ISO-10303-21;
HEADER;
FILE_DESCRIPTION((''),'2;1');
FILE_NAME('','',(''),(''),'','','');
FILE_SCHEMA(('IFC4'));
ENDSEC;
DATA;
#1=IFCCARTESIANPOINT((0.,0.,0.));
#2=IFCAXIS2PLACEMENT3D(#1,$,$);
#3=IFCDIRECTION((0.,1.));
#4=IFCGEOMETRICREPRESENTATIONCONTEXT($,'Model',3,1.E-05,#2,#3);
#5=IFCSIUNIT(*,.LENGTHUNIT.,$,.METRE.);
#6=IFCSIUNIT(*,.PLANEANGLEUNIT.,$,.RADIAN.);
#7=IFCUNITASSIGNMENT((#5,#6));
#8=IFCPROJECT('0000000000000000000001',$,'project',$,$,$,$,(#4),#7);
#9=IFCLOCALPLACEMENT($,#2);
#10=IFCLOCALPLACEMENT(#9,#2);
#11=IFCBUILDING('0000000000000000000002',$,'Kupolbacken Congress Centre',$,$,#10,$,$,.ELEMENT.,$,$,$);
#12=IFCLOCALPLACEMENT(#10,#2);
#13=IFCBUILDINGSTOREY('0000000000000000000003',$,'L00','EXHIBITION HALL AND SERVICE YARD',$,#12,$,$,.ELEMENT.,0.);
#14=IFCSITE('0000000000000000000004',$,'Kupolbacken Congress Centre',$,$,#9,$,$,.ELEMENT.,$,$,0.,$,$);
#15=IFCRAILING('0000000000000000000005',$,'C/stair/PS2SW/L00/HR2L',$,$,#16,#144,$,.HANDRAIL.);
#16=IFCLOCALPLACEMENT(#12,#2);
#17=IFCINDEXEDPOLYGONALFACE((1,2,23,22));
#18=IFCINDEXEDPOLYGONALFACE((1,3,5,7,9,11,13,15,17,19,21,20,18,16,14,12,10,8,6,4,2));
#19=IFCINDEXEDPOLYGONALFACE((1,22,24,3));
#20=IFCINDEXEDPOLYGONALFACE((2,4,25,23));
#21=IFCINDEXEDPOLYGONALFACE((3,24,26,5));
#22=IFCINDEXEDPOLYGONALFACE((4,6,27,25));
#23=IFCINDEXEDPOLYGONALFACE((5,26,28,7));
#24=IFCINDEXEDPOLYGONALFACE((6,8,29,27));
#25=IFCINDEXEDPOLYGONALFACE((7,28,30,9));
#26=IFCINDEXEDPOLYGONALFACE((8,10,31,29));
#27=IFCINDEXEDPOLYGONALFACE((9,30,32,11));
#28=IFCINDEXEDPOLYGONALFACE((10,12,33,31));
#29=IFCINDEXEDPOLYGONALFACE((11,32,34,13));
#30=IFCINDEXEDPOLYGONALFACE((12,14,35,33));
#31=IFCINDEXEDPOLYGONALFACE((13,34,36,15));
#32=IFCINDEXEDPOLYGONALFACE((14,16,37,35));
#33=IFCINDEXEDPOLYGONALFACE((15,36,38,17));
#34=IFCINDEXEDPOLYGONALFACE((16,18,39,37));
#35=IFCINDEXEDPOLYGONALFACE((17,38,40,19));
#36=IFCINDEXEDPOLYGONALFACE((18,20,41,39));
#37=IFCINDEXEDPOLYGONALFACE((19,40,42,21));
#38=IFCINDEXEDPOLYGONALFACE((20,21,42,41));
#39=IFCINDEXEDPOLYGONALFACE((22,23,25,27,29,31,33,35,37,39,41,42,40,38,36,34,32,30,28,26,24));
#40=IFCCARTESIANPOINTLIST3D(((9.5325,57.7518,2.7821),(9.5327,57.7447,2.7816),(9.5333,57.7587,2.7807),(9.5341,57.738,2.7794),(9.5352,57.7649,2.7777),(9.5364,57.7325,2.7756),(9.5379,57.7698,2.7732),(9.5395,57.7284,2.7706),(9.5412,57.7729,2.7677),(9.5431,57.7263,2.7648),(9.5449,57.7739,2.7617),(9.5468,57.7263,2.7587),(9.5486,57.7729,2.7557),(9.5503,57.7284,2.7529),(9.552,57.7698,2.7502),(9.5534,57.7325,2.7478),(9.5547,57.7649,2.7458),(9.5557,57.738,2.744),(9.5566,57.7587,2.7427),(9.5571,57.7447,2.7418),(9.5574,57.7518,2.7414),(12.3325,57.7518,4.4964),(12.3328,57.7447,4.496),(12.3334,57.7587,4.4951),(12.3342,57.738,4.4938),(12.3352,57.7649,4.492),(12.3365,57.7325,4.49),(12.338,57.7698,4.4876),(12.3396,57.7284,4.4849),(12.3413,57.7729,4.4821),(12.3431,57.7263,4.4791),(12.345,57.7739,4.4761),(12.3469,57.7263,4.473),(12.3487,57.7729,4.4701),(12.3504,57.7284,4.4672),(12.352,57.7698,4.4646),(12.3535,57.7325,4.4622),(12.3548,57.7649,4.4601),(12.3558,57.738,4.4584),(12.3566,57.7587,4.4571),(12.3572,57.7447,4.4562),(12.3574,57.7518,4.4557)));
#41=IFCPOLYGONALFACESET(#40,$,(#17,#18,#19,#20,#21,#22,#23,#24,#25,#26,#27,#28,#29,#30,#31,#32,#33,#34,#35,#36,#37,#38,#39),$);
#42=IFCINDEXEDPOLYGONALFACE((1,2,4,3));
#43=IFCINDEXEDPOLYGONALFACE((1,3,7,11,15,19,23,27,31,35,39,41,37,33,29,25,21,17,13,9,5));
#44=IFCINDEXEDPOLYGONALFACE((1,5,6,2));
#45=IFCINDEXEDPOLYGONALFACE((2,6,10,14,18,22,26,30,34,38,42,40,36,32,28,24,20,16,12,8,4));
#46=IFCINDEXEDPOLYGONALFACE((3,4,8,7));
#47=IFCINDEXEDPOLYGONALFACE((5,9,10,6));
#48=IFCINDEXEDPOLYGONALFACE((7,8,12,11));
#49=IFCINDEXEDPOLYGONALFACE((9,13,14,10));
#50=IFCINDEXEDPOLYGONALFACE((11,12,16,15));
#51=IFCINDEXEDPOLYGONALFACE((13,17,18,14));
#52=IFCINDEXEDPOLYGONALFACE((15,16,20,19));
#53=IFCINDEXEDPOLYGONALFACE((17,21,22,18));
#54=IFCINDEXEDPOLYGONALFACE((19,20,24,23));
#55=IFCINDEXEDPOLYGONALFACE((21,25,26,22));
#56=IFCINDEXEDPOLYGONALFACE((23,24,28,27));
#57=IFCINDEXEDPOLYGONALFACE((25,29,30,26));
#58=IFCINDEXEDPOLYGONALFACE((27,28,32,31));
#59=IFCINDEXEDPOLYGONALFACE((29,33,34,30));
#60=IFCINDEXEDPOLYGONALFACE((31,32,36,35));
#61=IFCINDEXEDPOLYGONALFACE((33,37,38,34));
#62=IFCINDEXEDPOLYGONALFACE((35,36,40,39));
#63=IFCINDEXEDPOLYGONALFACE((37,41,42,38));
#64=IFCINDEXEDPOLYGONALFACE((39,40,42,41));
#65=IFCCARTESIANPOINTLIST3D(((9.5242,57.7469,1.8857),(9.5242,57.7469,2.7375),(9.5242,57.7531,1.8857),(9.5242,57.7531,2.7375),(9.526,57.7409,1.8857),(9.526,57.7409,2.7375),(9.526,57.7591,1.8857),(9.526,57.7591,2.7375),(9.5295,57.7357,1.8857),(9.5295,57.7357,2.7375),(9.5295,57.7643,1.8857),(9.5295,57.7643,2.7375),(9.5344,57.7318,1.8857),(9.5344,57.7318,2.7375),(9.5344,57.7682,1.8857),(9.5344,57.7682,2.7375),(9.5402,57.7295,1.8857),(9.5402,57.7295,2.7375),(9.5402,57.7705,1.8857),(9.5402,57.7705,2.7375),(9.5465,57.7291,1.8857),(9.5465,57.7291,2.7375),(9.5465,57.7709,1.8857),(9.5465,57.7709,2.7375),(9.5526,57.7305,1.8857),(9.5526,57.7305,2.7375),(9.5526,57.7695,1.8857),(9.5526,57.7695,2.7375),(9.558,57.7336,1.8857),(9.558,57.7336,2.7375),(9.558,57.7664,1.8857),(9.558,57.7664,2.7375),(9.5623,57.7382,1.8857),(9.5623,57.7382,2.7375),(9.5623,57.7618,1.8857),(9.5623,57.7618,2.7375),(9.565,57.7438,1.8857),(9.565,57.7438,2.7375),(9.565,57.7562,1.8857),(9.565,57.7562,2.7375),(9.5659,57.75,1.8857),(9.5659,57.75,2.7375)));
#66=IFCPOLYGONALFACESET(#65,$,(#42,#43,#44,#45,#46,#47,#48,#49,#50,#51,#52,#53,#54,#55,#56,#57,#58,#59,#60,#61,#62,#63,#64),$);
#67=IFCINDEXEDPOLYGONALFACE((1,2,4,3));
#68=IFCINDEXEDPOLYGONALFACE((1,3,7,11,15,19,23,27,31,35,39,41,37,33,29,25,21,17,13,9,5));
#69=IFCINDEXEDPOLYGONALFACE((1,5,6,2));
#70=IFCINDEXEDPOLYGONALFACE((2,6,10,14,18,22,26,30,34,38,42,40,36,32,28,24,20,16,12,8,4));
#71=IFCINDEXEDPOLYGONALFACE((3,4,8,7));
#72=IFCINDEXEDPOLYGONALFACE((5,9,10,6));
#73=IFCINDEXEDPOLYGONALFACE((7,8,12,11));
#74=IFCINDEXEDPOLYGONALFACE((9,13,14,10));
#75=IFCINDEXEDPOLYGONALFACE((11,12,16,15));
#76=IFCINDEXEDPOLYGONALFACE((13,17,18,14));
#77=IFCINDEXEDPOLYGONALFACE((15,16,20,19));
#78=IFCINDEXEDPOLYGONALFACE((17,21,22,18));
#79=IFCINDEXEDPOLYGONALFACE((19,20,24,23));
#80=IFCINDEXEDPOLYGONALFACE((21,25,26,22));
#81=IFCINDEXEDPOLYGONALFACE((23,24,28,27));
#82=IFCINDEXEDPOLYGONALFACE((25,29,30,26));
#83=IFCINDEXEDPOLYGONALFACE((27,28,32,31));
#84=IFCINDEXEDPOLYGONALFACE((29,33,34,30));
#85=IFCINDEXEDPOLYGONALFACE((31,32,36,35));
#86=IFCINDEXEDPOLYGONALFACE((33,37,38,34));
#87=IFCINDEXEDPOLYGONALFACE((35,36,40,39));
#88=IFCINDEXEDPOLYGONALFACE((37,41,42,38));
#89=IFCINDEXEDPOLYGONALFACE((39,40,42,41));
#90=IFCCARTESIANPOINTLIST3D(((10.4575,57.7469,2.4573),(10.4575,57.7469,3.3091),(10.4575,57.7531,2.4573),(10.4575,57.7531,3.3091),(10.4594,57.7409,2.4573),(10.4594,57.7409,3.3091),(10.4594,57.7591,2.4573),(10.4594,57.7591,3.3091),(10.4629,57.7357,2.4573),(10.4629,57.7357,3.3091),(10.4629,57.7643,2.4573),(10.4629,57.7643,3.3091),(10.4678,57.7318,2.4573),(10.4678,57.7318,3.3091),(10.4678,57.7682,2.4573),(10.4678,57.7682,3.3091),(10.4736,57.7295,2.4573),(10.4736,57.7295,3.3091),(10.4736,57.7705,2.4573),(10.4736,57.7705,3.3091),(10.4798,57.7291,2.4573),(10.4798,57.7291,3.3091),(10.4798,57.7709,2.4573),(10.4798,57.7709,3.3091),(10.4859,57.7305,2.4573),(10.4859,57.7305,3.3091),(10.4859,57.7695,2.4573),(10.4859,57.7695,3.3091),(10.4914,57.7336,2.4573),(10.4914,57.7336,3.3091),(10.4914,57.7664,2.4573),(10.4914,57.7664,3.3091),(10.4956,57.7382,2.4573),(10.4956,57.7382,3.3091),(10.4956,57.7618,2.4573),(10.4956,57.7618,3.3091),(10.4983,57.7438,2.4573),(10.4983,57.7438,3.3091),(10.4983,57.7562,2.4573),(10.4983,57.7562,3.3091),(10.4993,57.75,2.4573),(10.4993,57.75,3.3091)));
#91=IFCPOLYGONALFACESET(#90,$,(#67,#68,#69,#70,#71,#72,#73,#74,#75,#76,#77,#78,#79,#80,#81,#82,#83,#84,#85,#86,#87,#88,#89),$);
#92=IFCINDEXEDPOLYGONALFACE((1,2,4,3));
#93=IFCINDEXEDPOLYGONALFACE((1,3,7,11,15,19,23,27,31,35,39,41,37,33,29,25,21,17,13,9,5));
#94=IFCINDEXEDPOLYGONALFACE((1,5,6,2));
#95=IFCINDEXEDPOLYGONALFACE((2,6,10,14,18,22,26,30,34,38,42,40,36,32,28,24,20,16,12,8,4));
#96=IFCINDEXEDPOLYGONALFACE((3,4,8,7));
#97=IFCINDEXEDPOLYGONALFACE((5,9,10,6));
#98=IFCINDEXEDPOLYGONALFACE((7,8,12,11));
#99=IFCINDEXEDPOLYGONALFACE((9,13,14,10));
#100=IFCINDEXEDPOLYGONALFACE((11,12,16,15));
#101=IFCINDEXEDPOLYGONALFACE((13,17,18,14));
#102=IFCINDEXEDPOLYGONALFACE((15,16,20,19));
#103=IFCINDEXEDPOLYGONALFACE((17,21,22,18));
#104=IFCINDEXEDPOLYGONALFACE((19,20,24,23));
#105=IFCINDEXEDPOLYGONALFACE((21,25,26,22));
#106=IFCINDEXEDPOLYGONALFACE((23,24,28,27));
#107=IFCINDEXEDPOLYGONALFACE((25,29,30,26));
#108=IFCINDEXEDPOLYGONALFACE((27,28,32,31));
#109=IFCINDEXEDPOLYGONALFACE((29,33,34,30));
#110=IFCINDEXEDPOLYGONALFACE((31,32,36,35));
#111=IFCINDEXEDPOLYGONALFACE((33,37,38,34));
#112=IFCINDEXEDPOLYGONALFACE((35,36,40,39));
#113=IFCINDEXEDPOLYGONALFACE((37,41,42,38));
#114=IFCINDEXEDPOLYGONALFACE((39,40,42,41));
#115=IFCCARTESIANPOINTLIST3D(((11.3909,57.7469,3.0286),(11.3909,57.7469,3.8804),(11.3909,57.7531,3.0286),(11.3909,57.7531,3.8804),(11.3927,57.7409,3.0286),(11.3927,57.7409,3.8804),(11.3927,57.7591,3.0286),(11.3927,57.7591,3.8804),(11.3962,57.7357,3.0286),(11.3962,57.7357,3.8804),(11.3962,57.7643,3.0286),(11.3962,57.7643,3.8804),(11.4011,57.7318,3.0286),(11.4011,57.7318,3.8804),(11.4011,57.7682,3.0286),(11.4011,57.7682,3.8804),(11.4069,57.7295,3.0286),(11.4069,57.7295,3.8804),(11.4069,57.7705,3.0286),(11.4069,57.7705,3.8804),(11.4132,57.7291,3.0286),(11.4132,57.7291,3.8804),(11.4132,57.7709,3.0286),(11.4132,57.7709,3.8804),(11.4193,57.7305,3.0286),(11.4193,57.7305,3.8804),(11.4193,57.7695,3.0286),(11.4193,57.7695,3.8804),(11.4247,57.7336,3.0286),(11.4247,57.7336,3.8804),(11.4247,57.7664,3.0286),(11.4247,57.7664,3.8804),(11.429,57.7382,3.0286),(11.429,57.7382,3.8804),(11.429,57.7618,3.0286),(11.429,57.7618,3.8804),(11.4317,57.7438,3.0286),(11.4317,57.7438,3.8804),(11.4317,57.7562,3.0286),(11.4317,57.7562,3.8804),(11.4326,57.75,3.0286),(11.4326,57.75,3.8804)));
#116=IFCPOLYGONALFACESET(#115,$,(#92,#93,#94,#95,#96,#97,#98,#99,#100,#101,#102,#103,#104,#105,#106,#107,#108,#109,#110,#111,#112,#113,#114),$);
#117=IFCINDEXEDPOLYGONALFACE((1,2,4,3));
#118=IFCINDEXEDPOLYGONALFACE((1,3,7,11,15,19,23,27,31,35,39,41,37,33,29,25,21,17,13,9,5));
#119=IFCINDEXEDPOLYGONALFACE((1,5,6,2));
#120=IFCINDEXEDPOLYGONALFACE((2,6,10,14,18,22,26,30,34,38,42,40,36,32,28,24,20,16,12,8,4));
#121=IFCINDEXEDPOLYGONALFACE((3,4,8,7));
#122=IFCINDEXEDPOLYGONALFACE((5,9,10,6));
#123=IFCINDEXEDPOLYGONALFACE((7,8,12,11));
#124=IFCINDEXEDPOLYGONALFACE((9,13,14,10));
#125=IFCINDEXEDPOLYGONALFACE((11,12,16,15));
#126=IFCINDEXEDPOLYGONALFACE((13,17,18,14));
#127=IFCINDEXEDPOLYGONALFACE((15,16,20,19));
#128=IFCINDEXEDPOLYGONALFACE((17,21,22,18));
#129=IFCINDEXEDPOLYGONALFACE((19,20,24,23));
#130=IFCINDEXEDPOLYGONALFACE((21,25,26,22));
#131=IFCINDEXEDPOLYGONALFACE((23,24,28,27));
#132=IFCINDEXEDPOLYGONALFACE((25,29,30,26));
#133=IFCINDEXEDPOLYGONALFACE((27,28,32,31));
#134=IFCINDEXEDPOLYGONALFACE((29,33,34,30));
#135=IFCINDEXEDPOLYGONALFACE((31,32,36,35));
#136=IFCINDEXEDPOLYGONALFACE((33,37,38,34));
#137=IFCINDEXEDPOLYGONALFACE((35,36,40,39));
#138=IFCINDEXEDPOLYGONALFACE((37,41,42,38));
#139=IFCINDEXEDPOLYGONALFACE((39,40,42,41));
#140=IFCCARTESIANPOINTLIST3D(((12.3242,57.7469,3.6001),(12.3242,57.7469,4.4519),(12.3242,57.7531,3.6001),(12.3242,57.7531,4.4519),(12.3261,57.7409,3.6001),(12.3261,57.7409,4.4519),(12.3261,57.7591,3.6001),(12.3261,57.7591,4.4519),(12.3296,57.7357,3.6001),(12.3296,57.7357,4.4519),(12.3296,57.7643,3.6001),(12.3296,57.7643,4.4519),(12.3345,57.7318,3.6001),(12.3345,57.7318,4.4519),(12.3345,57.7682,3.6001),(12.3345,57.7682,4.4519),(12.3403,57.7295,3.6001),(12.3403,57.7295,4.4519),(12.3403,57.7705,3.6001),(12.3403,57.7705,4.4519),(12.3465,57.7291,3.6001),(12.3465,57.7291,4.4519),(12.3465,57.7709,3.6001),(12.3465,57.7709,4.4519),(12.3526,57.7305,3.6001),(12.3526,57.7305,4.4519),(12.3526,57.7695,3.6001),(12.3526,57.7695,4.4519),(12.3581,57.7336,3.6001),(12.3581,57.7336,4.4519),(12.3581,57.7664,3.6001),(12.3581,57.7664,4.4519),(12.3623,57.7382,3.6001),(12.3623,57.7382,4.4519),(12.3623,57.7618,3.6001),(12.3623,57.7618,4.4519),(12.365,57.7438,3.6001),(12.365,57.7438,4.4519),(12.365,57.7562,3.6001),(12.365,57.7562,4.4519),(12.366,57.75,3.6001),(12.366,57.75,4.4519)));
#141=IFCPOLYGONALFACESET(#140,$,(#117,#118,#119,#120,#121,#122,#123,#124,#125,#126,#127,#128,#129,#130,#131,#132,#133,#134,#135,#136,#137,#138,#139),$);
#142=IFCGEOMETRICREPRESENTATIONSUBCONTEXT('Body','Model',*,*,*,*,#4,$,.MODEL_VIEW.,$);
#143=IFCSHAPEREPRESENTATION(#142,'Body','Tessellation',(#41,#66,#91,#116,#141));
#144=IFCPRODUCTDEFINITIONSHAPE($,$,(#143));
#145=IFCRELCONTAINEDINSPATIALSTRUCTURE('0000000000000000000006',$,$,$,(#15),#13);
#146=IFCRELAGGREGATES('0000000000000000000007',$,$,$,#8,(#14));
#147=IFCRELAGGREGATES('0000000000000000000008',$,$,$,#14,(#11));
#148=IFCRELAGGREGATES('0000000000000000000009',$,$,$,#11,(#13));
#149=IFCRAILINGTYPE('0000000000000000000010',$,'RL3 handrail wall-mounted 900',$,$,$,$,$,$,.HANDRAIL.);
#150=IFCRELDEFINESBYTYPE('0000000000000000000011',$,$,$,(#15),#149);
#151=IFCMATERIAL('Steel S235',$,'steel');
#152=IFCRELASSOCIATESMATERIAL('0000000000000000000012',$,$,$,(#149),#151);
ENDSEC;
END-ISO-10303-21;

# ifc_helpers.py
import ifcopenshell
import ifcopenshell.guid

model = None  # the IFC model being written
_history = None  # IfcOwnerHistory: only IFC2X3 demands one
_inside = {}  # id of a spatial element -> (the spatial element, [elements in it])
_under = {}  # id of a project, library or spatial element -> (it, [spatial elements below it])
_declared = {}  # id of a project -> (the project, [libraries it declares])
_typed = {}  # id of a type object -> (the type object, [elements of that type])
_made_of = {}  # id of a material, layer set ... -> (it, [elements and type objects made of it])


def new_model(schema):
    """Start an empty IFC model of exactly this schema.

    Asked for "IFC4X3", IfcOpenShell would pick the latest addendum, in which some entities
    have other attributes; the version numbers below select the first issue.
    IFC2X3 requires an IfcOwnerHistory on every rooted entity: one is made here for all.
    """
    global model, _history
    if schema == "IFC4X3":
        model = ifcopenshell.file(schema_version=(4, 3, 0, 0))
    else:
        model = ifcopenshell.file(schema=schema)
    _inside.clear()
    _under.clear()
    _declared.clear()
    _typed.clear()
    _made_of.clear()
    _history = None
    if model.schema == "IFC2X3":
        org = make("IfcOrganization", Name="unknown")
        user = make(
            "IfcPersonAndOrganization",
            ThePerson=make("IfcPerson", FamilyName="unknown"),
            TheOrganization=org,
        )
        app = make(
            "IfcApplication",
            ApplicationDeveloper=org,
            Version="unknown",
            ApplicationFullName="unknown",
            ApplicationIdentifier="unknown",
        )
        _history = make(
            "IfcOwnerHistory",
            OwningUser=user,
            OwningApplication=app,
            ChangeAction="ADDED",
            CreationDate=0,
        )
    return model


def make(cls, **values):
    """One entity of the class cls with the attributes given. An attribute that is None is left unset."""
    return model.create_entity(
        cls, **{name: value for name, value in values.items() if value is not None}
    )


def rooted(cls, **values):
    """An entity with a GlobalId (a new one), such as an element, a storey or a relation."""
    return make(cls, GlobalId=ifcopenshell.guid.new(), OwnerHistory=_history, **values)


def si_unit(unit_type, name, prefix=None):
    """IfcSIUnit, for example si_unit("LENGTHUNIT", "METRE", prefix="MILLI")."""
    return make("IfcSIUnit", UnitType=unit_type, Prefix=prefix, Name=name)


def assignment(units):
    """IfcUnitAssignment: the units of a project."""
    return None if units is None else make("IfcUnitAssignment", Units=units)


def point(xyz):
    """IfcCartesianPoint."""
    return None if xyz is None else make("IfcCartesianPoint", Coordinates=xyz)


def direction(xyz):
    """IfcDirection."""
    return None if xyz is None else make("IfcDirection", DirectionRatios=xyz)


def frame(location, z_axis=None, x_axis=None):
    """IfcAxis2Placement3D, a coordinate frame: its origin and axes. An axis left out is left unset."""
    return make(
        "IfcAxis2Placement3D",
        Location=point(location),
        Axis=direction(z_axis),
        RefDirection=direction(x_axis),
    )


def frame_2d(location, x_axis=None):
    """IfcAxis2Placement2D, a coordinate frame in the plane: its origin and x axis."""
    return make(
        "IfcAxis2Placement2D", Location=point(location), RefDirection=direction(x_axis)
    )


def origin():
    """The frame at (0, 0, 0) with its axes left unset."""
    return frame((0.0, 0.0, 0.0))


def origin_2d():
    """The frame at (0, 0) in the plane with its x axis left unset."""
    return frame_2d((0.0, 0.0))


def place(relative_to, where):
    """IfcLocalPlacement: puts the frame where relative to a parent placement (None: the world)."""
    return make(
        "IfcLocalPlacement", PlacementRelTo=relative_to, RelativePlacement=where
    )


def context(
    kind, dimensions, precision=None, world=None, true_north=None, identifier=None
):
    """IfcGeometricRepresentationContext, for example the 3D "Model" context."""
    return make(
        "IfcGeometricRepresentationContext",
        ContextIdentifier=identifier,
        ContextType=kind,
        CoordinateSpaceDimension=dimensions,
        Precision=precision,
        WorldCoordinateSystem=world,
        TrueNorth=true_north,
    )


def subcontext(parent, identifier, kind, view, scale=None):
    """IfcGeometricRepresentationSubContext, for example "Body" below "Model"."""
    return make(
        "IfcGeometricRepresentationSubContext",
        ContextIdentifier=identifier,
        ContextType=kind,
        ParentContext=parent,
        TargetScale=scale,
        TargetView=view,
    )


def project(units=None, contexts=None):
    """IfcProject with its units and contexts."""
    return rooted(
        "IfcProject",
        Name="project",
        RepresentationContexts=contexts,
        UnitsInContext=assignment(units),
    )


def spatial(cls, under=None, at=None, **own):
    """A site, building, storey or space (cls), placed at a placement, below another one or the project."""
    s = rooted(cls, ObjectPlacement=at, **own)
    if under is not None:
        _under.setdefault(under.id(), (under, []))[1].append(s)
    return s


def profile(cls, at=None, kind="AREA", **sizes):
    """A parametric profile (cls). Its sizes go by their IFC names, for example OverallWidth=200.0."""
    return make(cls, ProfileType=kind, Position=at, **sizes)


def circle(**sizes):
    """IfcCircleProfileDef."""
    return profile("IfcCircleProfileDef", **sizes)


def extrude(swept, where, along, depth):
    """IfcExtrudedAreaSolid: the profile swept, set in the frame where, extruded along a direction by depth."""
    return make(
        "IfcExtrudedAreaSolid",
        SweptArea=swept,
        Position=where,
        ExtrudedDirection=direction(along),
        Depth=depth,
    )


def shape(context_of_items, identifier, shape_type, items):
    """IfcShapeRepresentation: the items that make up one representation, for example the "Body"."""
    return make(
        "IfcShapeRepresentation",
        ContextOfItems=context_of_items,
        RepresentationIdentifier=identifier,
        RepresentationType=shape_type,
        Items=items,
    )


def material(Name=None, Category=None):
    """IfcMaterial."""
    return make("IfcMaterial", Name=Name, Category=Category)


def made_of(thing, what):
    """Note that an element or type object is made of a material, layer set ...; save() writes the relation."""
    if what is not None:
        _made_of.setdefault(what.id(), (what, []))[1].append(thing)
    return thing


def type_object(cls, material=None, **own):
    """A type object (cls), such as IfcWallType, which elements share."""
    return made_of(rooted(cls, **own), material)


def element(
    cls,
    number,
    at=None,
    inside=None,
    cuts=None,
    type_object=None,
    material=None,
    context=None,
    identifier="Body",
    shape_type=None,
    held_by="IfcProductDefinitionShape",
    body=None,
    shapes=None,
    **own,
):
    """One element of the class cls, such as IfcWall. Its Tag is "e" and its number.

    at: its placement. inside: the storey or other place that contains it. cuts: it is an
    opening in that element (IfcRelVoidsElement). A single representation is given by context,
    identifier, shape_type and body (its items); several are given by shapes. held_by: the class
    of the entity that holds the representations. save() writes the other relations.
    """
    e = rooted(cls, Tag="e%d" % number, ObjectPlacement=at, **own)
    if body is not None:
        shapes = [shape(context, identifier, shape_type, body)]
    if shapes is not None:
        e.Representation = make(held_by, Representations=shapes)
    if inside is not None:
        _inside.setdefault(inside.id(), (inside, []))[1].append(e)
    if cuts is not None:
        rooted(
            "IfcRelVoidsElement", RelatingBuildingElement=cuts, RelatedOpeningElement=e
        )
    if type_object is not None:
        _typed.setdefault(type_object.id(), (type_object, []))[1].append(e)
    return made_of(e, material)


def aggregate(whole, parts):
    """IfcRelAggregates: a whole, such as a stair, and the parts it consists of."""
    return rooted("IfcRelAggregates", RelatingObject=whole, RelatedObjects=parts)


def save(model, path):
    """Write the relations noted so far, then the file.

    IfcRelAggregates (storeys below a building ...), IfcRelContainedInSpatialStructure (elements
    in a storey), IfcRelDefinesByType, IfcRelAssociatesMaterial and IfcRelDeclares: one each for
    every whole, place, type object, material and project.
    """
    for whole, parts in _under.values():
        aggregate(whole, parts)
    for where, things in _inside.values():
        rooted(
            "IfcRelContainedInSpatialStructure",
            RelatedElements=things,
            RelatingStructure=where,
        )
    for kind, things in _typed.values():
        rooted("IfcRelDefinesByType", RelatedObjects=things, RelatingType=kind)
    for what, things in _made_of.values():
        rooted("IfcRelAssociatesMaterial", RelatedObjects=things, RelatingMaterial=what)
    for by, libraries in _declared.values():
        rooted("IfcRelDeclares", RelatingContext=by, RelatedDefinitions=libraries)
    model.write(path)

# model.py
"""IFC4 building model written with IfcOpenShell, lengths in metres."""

from ifc_helpers import new_model, si_unit, direction, frame, origin, origin_2d, place, context, subcontext, project, spatial, circle, extrude, material, type_object, element, save


model = new_model("IFC4")

# Units and contexts
model_context = context("Model", 3, precision=1e-05, world=origin(), true_north=direction((0.0, 1.0)))
body_context = subcontext(model_context, "Body", "Model", "MODEL_VIEW")
ifc_project = project(units=[si_unit("LENGTHUNIT", "METRE"), si_unit("PLANEANGLEUNIT", "RADIAN")], contexts=[model_context])

# Site, building, storey
site_placement = place(None, origin())
site = spatial("IfcSite", under=ifc_project, at=site_placement, Name="Kupolbacken Congress Centre", CompositionType="ELEMENT", RefElevation=0.0)
building_placement = place(site_placement, origin())
building = spatial("IfcBuilding", under=site, at=building_placement, Name="Kupolbacken Congress Centre", CompositionType="ELEMENT")
storey_placement = place(building_placement, origin())
storey = spatial("IfcBuildingStorey", under=building, at=storey_placement, Name="L00", Description="EXHIBITION HALL AND SERVICE YARD", CompositionType="ELEMENT", Elevation=0.0)

# Railing
ifc_material_1 = material(Name="Steel S235", Category="steel")
railing_type = type_object("IfcRailingType", Name="RL3 handrail wall-mounted 900", PredefinedType="HANDRAIL", material=ifc_material_1)
for number, where, name in (
    (1, (9.5449, 57.75, 1.8857), "C/stair/PS2SW/L00/HR2L"),
):
    element("IfcRailing", number, at=place(storey_placement, frame(where)), inside=storey, type_object=railing_type, Name=name, PredefinedType="HANDRAIL", context=body_context, shape_type="SweptSolid", body=[
        extrude(circle(Radius=0.0239, at=origin_2d()), frame((0.0, 0.0, 0.876), z_axis=(0.852846, 0.0, 0.522163), x_axis=(0.0, 1.0, 0.0)), (0.0, 0.0, 1.0), 3.2832),
        extrude(circle(Radius=0.021, at=origin_2d()), origin(), (0.0, 0.0, 1.0), 0.8518),
        extrude(circle(Radius=0.021, at=origin_2d()), frame((0.9333, 0.0, 0.5715)), (0.0, 0.0, 1.0), 0.8518),
        extrude(circle(Radius=0.021, at=origin_2d()), frame((1.8667, 0.0, 1.1428)), (0.0, 0.0, 1.0), 0.8518),
        extrude(circle(Radius=0.021, at=origin_2d()), frame((2.8, 0.0, 1.7144)), (0.0, 0.0, 1.0), 0.8518),
    ])

save(model, "model.ifc")
